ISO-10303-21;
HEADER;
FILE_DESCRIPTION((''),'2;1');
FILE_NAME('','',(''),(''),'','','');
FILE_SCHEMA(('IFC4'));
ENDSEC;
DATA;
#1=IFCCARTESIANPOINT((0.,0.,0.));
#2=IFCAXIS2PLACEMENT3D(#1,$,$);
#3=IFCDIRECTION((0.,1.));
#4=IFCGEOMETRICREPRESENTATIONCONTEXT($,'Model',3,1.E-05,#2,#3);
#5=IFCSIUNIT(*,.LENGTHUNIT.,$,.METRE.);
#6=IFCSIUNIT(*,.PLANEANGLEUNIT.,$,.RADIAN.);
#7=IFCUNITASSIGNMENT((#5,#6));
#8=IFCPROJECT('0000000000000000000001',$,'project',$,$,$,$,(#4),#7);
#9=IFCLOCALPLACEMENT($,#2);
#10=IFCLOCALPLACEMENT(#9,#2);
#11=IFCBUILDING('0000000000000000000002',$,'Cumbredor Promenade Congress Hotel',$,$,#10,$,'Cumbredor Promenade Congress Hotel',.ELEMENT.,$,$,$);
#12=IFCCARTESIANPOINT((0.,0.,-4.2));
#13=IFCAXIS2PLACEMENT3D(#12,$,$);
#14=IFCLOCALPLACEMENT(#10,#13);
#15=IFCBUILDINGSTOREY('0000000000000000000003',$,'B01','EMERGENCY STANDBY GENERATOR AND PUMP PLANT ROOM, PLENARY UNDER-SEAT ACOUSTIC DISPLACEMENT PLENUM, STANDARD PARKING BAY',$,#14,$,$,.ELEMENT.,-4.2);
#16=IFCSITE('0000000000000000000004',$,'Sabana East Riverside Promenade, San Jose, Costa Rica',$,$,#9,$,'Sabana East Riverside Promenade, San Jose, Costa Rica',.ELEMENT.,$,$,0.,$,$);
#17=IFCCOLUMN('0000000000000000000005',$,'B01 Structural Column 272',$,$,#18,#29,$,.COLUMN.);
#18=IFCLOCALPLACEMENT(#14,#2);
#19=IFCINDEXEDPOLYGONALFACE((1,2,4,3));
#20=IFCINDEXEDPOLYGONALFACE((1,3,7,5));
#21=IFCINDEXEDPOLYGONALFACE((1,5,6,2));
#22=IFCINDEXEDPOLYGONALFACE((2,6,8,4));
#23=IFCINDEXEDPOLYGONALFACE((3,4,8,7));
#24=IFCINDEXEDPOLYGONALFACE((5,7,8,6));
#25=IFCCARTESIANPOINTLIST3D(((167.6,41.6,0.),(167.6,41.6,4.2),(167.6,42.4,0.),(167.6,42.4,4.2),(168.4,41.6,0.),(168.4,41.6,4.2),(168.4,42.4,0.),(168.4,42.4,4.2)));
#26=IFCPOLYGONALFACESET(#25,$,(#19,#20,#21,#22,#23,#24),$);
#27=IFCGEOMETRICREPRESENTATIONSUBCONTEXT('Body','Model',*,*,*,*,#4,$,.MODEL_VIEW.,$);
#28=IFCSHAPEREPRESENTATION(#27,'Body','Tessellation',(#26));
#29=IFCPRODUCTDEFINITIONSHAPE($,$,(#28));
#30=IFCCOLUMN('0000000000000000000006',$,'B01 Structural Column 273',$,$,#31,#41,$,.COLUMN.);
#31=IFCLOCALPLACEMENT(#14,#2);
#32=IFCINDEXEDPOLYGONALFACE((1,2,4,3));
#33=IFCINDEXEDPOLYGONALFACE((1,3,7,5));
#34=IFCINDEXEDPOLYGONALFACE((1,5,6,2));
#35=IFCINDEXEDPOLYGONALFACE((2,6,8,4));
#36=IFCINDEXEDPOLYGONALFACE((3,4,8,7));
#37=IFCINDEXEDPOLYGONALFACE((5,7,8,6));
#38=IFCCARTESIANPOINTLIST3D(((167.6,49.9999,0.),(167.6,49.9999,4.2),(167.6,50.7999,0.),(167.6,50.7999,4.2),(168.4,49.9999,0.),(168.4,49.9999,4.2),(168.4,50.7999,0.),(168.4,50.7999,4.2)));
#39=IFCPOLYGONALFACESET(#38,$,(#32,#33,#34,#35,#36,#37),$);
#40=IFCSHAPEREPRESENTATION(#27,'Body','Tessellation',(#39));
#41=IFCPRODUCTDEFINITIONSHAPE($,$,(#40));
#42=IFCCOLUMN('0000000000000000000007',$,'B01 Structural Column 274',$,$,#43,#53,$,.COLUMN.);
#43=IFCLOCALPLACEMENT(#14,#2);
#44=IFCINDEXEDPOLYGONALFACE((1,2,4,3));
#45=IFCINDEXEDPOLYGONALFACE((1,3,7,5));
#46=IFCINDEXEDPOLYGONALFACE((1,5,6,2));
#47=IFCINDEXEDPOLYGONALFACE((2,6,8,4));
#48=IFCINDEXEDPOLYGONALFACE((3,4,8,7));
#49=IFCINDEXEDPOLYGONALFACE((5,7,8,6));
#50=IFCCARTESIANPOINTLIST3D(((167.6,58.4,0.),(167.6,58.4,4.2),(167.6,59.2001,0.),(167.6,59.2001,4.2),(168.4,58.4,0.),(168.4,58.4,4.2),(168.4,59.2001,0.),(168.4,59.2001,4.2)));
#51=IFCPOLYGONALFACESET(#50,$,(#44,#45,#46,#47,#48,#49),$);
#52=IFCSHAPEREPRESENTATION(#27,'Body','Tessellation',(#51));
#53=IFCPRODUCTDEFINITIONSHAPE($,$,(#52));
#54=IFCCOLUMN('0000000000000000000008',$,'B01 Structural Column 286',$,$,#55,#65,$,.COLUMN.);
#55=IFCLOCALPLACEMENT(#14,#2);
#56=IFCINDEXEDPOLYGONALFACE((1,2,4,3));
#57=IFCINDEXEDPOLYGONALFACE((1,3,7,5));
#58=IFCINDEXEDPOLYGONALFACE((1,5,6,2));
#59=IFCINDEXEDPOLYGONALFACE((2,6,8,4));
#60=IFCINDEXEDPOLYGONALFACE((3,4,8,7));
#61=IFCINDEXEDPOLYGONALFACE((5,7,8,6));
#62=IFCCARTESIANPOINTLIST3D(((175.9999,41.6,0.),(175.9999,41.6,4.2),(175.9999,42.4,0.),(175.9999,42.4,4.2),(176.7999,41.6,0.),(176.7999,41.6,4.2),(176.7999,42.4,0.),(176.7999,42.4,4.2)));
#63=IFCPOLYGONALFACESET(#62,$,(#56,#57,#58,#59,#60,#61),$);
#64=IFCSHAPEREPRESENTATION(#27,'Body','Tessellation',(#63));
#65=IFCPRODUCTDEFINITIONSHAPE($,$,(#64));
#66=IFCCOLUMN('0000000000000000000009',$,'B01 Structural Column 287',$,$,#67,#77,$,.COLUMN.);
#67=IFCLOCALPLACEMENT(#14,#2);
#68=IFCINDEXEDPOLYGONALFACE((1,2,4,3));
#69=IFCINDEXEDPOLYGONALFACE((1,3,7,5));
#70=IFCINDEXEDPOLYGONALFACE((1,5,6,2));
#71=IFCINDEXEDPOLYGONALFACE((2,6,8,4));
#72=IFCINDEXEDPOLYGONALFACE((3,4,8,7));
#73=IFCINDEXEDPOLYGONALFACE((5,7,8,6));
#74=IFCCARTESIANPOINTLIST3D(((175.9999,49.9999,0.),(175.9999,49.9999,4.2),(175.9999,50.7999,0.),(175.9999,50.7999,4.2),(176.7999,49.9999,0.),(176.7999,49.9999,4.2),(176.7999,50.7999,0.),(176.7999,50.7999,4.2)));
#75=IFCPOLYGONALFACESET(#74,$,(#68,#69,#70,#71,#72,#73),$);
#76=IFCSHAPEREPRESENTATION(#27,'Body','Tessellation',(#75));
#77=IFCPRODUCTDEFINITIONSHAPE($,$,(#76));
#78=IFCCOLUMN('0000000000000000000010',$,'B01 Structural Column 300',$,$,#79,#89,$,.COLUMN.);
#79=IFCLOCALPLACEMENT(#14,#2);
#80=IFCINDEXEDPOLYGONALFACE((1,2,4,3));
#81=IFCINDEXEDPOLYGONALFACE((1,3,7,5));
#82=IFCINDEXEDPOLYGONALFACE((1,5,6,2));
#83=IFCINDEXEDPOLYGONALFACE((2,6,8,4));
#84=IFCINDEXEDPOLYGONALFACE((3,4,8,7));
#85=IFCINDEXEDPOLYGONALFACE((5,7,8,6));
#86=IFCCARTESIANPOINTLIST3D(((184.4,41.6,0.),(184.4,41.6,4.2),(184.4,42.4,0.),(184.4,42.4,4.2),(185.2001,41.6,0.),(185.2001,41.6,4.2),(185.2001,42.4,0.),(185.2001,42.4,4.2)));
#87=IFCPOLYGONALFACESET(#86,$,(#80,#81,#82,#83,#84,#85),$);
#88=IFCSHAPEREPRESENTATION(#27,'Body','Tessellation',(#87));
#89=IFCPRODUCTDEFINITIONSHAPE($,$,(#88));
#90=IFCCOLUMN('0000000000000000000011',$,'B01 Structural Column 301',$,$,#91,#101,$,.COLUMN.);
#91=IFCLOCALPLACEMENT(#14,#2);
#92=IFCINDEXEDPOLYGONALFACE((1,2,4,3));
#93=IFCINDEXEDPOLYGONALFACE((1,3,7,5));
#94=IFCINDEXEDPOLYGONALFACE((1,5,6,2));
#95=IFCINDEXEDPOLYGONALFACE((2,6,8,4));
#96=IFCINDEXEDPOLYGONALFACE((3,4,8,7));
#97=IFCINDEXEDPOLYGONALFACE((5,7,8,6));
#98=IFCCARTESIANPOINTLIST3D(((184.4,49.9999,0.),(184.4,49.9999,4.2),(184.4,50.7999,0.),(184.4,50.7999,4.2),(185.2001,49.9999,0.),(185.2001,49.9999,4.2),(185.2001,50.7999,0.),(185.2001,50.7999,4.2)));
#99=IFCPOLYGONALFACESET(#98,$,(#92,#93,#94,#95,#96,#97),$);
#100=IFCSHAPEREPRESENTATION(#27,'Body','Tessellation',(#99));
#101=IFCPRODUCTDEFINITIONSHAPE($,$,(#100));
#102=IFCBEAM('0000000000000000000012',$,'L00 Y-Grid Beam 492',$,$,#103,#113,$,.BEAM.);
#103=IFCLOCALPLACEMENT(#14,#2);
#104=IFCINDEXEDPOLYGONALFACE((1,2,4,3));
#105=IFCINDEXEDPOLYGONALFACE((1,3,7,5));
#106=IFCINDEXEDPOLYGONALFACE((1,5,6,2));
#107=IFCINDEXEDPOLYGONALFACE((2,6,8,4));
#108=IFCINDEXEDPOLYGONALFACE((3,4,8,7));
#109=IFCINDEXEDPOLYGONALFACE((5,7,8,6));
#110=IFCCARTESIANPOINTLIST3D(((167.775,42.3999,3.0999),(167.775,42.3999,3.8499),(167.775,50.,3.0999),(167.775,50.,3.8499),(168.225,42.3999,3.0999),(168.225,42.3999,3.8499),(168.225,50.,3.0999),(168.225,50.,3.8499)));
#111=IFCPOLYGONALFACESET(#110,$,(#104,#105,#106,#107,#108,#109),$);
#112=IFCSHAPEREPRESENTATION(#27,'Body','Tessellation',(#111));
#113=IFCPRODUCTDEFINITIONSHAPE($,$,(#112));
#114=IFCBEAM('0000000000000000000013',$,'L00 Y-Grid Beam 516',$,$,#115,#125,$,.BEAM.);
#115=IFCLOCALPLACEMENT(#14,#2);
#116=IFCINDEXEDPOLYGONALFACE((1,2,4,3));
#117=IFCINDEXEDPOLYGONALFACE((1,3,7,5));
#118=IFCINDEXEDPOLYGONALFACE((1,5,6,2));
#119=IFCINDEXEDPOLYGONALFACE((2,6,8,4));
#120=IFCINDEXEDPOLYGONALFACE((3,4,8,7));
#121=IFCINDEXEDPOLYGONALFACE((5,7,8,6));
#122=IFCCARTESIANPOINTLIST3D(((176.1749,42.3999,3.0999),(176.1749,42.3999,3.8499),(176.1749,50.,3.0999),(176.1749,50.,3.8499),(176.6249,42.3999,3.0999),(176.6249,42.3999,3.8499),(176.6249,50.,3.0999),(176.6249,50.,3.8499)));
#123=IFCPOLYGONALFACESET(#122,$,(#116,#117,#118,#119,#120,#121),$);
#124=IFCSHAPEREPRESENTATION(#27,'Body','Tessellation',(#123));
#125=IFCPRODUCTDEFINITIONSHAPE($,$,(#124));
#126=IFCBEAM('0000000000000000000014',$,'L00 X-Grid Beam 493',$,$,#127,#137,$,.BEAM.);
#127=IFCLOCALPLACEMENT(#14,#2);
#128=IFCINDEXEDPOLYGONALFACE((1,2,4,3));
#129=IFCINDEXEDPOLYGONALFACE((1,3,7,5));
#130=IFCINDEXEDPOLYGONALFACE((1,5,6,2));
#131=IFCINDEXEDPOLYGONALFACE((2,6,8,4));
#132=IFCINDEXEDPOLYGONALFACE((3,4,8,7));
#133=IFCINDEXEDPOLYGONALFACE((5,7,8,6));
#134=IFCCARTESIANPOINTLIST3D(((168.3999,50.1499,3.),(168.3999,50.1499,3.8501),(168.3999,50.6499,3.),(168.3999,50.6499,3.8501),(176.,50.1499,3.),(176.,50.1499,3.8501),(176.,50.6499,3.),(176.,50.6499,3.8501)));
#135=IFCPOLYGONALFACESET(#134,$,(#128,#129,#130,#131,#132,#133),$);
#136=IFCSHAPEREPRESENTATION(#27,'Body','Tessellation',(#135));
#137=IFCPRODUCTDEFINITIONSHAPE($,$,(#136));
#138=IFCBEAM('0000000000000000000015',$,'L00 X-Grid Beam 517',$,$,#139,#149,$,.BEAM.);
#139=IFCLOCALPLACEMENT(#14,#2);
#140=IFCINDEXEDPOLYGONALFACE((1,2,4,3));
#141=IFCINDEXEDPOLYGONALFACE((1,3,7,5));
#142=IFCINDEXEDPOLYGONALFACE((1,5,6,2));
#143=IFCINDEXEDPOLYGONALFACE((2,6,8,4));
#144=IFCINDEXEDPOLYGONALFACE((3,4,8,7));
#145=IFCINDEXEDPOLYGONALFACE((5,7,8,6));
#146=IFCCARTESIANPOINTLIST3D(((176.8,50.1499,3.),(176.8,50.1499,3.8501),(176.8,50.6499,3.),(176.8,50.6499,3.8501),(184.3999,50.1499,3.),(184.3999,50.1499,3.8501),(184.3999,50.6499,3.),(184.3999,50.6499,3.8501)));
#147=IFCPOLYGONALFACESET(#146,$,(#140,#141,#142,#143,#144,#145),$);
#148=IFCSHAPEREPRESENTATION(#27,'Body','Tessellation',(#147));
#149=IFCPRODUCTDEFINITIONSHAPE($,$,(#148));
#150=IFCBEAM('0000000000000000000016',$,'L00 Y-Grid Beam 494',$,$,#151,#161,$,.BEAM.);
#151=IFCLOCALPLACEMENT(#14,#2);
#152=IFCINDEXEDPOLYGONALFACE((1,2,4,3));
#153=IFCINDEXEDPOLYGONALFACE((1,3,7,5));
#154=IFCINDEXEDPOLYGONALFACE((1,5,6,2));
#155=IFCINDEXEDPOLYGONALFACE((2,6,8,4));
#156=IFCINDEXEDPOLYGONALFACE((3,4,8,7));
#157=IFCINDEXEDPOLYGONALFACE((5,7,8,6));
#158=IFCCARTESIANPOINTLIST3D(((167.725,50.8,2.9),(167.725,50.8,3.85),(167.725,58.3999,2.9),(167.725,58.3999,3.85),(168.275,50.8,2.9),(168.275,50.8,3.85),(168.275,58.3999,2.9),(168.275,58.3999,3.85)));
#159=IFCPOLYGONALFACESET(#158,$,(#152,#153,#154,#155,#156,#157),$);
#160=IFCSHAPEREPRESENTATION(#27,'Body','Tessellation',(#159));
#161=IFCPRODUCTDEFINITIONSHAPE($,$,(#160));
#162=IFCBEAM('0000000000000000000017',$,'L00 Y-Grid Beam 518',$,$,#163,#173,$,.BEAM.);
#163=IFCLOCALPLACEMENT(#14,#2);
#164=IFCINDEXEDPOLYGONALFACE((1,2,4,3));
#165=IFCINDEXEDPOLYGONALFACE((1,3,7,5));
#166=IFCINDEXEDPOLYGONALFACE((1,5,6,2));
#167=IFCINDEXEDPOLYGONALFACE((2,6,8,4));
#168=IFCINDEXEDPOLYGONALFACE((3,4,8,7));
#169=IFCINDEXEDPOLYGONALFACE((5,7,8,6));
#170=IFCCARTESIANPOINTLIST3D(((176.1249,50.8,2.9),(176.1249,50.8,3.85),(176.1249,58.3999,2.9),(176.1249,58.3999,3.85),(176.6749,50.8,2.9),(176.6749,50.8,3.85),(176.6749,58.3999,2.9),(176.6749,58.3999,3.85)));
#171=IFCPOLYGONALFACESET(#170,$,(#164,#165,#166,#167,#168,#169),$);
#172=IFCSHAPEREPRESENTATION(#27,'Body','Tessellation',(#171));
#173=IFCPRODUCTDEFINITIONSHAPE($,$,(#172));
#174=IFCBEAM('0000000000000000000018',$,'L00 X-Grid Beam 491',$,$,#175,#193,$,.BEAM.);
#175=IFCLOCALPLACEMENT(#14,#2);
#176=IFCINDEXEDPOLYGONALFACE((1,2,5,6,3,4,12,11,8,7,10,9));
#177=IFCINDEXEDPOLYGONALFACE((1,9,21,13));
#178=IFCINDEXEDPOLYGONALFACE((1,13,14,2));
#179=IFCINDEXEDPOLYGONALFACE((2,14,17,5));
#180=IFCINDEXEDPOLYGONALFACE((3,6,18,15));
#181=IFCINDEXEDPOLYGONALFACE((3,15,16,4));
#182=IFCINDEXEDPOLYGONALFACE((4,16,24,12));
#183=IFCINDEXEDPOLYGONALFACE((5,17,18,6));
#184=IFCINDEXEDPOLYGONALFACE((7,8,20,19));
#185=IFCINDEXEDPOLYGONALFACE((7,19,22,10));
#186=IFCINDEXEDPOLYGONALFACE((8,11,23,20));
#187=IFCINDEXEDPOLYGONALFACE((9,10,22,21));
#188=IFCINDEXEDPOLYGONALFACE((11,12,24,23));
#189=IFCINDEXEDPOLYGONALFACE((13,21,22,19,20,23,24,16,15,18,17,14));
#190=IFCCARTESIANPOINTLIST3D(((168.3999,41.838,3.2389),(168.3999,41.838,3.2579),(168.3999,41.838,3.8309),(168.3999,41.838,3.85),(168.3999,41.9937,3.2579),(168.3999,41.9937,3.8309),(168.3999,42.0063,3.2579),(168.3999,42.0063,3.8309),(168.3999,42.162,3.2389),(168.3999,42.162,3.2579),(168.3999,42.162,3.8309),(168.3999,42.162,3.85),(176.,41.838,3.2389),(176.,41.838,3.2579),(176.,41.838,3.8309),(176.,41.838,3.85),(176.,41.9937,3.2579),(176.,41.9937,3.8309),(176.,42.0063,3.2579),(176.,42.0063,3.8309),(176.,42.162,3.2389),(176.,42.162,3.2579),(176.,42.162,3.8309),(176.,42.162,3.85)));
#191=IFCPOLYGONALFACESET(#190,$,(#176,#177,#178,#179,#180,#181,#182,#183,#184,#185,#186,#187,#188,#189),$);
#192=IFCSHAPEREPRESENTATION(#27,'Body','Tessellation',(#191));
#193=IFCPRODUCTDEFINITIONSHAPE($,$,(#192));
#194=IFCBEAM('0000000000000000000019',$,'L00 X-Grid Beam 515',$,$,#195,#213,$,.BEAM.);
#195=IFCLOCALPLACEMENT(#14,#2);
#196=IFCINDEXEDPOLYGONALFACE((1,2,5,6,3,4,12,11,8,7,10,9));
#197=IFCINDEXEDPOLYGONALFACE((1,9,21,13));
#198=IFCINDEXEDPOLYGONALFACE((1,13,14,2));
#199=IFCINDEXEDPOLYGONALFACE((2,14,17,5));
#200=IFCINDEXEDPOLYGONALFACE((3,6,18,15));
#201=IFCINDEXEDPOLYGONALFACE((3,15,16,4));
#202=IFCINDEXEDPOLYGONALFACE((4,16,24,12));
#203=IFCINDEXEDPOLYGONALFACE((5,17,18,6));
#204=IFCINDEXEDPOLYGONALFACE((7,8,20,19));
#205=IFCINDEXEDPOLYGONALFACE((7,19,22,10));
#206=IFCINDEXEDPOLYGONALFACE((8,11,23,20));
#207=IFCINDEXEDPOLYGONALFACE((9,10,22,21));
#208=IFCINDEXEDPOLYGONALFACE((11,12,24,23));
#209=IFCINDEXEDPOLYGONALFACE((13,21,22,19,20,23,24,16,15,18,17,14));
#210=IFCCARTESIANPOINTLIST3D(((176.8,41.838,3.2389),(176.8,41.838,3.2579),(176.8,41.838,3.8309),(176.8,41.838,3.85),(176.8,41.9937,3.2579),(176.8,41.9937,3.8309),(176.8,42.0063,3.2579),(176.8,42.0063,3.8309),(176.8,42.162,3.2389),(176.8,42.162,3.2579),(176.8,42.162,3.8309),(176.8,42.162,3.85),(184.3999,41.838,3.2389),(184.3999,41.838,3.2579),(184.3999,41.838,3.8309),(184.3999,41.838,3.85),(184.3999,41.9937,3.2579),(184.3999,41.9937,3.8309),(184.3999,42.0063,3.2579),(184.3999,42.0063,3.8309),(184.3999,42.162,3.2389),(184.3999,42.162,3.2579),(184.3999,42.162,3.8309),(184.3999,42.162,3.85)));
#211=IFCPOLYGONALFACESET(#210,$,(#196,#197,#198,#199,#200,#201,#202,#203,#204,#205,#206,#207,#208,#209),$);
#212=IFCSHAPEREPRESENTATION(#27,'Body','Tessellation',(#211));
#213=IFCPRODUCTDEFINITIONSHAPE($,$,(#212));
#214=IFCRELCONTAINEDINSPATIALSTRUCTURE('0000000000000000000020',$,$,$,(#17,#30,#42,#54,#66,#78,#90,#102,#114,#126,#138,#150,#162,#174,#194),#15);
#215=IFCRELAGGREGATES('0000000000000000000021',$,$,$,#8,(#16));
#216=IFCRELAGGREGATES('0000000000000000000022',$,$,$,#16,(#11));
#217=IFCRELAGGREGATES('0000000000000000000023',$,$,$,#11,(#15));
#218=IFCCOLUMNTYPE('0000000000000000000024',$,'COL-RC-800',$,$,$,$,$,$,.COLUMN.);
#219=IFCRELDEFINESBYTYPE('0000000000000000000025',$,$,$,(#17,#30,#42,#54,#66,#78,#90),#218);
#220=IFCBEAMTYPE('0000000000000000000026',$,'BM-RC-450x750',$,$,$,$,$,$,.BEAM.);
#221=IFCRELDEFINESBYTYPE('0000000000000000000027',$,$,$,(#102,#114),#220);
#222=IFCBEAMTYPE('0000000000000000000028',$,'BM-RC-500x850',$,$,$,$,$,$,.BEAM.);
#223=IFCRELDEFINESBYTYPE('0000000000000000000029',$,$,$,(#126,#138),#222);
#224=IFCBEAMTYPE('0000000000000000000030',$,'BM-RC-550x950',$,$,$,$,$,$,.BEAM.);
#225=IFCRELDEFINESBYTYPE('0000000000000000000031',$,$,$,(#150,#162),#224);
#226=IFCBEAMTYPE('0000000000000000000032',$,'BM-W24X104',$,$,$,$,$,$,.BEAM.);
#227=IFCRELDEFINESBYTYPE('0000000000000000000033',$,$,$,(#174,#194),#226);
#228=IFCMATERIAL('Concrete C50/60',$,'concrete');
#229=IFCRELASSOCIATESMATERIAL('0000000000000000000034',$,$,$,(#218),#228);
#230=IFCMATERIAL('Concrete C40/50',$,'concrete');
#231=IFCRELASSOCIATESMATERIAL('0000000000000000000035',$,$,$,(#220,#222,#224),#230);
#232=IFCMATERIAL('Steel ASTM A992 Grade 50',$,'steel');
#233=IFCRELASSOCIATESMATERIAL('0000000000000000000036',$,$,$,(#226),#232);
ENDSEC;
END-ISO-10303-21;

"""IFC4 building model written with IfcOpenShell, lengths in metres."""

from ifc_helpers import new_model, si_unit, direction, frame, origin, origin_2d, place, context, subcontext, project, spatial, rectangle, i_section, extrude, material, material_profile, profile_set, type_object, element, save


model = new_model("IFC4")

# Units and contexts
model_context = context("Model", 3, precision=1e-05, world=origin(), true_north=direction((0.0, 1.0)))
body_context = subcontext(model_context, "Body", "Model", "MODEL_VIEW")
ifc_project = project(units=[si_unit("LENGTHUNIT", "METRE"), si_unit("PLANEANGLEUNIT", "RADIAN")], contexts=[model_context])

# Site, building, storey
site_placement = place(None, origin())
site = spatial("IfcSite", under=ifc_project, at=site_placement, Name="Sabana East Riverside Promenade, San Jose, Costa Rica", LongName="Sabana East Riverside Promenade, San Jose, Costa Rica", CompositionType="ELEMENT", RefElevation=0.0)
building_placement = place(site_placement, origin())
building = spatial("IfcBuilding", under=site, at=building_placement, Name="Cumbredor Promenade Congress Hotel", LongName="Cumbredor Promenade Congress Hotel", CompositionType="ELEMENT")
storey_placement = place(building_placement, frame((0.0, 0.0, -4.2)))
storey = spatial("IfcBuildingStorey", under=building, at=storey_placement, Name="B01", Description="EMERGENCY STANDBY GENERATOR AND PUMP PLANT ROOM, PLENARY UNDER-SEAT ACOUSTIC DISPLACEMENT PLENUM, STANDARD PARKING BAY", CompositionType="ELEMENT", Elevation=-4.2)

# Columns
ifc_material_1 = material(Name="Concrete C50/60", Category="concrete")
ifc_material_profile_1 = material_profile(ifc_material_1, rectangle(XDim=0.8, YDim=0.8, at=origin_2d()), Name="RC 800x800")
ifc_profile_set_1 = profile_set([ifc_material_profile_1], Name="Concrete C50/60")
column_type = type_object("IfcColumnType", Name="COL-RC-800", PredefinedType="COLUMN", material=ifc_profile_set_1)
for number, where, z_axis, x_axis, name in (
    (1, (168.0, 42.0, 0.0), (0.0, 0.0, 1.0), (1.0, 0.0, 0.0), "B01 Structural Column 272"),
    (2, (168.0, 50.3999, 0.0), (0.0, 0.0, 1.0), (1.0, 0.0, 0.0), "B01 Structural Column 273"),
    (3, (168.0, 58.8, 0.0), (0.0, 0.0, 1.0), (1.0, 0.0, 0.0), "B01 Structural Column 274"),
    (4, (176.3999, 42.0, 0.0), (0.0, 0.0, 1.0), (1.0, 0.0, 0.0), "B01 Structural Column 286"),
    (5, (176.3999, 50.3999, 0.0), (0.0, 0.0, 1.0), (1.0, 0.0, 0.0), "B01 Structural Column 287"),
    (6, (184.8, 42.0, 0.0), (0.0, 0.0, 1.0), (1.0, 0.0, 0.0), "B01 Structural Column 300"),
    (7, (184.8, 50.3999, 0.0), (0.0, 0.0, 1.0), (1.0, 0.0, 0.0), "B01 Structural Column 301"),
):
    element("IfcColumn", number, at=place(storey_placement, frame(where, z_axis=z_axis, x_axis=x_axis)), inside=storey, type_object=column_type, Name=name, PredefinedType="COLUMN", context=body_context, shape_type="SweptSolid", body=[
        extrude(rectangle(XDim=0.8, YDim=0.8, at=origin_2d()), origin(), (0.0, 0.0, 1.0), 4.2),
    ])

# Beams
ifc_material_2 = material(Name="Concrete C40/50", Category="concrete")
ifc_material_profile_2 = material_profile(ifc_material_2, rectangle(XDim=0.45, YDim=0.75, at=origin_2d()), Name="RC BEAM 450x750")
ifc_profile_set_2 = profile_set([ifc_material_profile_2], Name="Concrete C40/50")
beam_type_1 = type_object("IfcBeamType", Name="BM-RC-450x750", PredefinedType="BEAM", material=ifc_profile_set_2)
for number, where, z_axis, x_axis, name in (
    (8, (168.0, 42.3999, 3.4749), (0.0, 1.0, 0.0), (-1.0, 0.0, 0.0), "L00 Y-Grid Beam 492"),
    (9, (176.3999, 42.3999, 3.4749), (0.0, 1.0, 0.0), (-1.0, 0.0, 0.0), "L00 Y-Grid Beam 516"),
):
    element("IfcBeam", number, at=place(storey_placement, frame(where, z_axis=z_axis, x_axis=x_axis)), inside=storey, type_object=beam_type_1, Name=name, PredefinedType="BEAM", context=body_context, shape_type="SweptSolid", body=[
        extrude(rectangle(XDim=0.45, YDim=0.75, at=origin_2d()), origin(), (0.0, 0.0, 1.0), 7.6001),
    ])
ifc_material_profile_3 = material_profile(ifc_material_2, rectangle(XDim=0.5, YDim=0.8501, at=origin_2d()), Name="RC BEAM 500x850")
ifc_profile_set_3 = profile_set([ifc_material_profile_3], Name="Concrete C40/50")
beam_type_2 = type_object("IfcBeamType", Name="BM-RC-500x850", PredefinedType="BEAM", material=ifc_profile_set_3)
beam_1_placement = place(storey_placement, frame((168.3999, 50.3999, 3.425), z_axis=(1.0, 0.0, 0.0), x_axis=(0.0, 1.0, 0.0)))
element("IfcBeam", 10, at=beam_1_placement, inside=storey, type_object=beam_type_2, Name="L00 X-Grid Beam 493", PredefinedType="BEAM", context=body_context, shape_type="SweptSolid", body=[
    extrude(rectangle(XDim=0.5, YDim=0.8501, at=origin_2d()), origin(), (0.0, 0.0, 1.0), 7.6001),
])
beam_2_placement = place(storey_placement, frame((176.8, 50.3999, 3.425), z_axis=(1.0, 0.0, 0.0), x_axis=(0.0, 1.0, 0.0)))
element("IfcBeam", 11, at=beam_2_placement, inside=storey, type_object=beam_type_2, Name="L00 X-Grid Beam 517", PredefinedType="BEAM", context=body_context, shape_type="SweptSolid", body=[
    extrude(rectangle(XDim=0.5, YDim=0.8501, at=origin_2d()), origin(), (0.0, 0.0, 1.0), 7.5999),
])
ifc_material_profile_4 = material_profile(ifc_material_2, rectangle(XDim=0.55, YDim=0.95, at=origin_2d()), Name="RC BEAM 550x950")
ifc_profile_set_4 = profile_set([ifc_material_profile_4], Name="Concrete C40/50")
beam_type_3 = type_object("IfcBeamType", Name="BM-RC-550x950", PredefinedType="BEAM", material=ifc_profile_set_4)
for number, where, z_axis, x_axis, name in (
    (12, (168.0, 50.8, 3.375), (0.0, 1.0, 0.0), (-1.0, 0.0, 0.0), "L00 Y-Grid Beam 494"),
    (13, (176.3999, 50.8, 3.375), (0.0, 1.0, 0.0), (-1.0, 0.0, 0.0), "L00 Y-Grid Beam 518"),
):
    element("IfcBeam", number, at=place(storey_placement, frame(where, z_axis=z_axis, x_axis=x_axis)), inside=storey, type_object=beam_type_3, Name=name, PredefinedType="BEAM", context=body_context, shape_type="SweptSolid", body=[
        extrude(rectangle(XDim=0.55, YDim=0.95, at=origin_2d()), origin(), (0.0, 0.0, 1.0), 7.5999),
    ])
ifc_material_3 = material(Name="Steel ASTM A992 Grade 50", Category="steel")
ifc_material_profile_5 = material_profile(ifc_material_3, i_section(OverallWidth=0.324, OverallDepth=0.6111, WebThickness=0.0127, FlangeThickness=0.019, at=origin_2d()), Name="W24X104")
ifc_profile_set_5 = profile_set([ifc_material_profile_5], Name="Steel ASTM A992 Grade 50")
beam_type_4 = type_object("IfcBeamType", Name="BM-W24X104", PredefinedType="BEAM", material=ifc_profile_set_5)
beam_3_placement = place(storey_placement, frame((168.3999, 42.0, 3.5444), z_axis=(1.0, 0.0, 0.0), x_axis=(0.0, 1.0, 0.0)))
element("IfcBeam", 14, at=beam_3_placement, inside=storey, type_object=beam_type_4, Name="L00 X-Grid Beam 491", PredefinedType="BEAM", context=body_context, shape_type="SweptSolid", body=[
    extrude(i_section(OverallWidth=0.324, OverallDepth=0.6111, WebThickness=0.0127, FlangeThickness=0.019, at=origin_2d()), origin(), (0.0, 0.0, 1.0), 7.6001),
])
beam_4_placement = place(storey_placement, frame((176.8, 42.0, 3.5444), z_axis=(1.0, 0.0, 0.0), x_axis=(0.0, 1.0, 0.0)))
element("IfcBeam", 15, at=beam_4_placement, inside=storey, type_object=beam_type_4, Name="L00 X-Grid Beam 515", PredefinedType="BEAM", context=body_context, shape_type="SweptSolid", body=[
    extrude(i_section(OverallWidth=0.324, OverallDepth=0.6111, WebThickness=0.0127, FlangeThickness=0.019, at=origin_2d()), origin(), (0.0, 0.0, 1.0), 7.5999),
])

save(model, "model.ifc")
